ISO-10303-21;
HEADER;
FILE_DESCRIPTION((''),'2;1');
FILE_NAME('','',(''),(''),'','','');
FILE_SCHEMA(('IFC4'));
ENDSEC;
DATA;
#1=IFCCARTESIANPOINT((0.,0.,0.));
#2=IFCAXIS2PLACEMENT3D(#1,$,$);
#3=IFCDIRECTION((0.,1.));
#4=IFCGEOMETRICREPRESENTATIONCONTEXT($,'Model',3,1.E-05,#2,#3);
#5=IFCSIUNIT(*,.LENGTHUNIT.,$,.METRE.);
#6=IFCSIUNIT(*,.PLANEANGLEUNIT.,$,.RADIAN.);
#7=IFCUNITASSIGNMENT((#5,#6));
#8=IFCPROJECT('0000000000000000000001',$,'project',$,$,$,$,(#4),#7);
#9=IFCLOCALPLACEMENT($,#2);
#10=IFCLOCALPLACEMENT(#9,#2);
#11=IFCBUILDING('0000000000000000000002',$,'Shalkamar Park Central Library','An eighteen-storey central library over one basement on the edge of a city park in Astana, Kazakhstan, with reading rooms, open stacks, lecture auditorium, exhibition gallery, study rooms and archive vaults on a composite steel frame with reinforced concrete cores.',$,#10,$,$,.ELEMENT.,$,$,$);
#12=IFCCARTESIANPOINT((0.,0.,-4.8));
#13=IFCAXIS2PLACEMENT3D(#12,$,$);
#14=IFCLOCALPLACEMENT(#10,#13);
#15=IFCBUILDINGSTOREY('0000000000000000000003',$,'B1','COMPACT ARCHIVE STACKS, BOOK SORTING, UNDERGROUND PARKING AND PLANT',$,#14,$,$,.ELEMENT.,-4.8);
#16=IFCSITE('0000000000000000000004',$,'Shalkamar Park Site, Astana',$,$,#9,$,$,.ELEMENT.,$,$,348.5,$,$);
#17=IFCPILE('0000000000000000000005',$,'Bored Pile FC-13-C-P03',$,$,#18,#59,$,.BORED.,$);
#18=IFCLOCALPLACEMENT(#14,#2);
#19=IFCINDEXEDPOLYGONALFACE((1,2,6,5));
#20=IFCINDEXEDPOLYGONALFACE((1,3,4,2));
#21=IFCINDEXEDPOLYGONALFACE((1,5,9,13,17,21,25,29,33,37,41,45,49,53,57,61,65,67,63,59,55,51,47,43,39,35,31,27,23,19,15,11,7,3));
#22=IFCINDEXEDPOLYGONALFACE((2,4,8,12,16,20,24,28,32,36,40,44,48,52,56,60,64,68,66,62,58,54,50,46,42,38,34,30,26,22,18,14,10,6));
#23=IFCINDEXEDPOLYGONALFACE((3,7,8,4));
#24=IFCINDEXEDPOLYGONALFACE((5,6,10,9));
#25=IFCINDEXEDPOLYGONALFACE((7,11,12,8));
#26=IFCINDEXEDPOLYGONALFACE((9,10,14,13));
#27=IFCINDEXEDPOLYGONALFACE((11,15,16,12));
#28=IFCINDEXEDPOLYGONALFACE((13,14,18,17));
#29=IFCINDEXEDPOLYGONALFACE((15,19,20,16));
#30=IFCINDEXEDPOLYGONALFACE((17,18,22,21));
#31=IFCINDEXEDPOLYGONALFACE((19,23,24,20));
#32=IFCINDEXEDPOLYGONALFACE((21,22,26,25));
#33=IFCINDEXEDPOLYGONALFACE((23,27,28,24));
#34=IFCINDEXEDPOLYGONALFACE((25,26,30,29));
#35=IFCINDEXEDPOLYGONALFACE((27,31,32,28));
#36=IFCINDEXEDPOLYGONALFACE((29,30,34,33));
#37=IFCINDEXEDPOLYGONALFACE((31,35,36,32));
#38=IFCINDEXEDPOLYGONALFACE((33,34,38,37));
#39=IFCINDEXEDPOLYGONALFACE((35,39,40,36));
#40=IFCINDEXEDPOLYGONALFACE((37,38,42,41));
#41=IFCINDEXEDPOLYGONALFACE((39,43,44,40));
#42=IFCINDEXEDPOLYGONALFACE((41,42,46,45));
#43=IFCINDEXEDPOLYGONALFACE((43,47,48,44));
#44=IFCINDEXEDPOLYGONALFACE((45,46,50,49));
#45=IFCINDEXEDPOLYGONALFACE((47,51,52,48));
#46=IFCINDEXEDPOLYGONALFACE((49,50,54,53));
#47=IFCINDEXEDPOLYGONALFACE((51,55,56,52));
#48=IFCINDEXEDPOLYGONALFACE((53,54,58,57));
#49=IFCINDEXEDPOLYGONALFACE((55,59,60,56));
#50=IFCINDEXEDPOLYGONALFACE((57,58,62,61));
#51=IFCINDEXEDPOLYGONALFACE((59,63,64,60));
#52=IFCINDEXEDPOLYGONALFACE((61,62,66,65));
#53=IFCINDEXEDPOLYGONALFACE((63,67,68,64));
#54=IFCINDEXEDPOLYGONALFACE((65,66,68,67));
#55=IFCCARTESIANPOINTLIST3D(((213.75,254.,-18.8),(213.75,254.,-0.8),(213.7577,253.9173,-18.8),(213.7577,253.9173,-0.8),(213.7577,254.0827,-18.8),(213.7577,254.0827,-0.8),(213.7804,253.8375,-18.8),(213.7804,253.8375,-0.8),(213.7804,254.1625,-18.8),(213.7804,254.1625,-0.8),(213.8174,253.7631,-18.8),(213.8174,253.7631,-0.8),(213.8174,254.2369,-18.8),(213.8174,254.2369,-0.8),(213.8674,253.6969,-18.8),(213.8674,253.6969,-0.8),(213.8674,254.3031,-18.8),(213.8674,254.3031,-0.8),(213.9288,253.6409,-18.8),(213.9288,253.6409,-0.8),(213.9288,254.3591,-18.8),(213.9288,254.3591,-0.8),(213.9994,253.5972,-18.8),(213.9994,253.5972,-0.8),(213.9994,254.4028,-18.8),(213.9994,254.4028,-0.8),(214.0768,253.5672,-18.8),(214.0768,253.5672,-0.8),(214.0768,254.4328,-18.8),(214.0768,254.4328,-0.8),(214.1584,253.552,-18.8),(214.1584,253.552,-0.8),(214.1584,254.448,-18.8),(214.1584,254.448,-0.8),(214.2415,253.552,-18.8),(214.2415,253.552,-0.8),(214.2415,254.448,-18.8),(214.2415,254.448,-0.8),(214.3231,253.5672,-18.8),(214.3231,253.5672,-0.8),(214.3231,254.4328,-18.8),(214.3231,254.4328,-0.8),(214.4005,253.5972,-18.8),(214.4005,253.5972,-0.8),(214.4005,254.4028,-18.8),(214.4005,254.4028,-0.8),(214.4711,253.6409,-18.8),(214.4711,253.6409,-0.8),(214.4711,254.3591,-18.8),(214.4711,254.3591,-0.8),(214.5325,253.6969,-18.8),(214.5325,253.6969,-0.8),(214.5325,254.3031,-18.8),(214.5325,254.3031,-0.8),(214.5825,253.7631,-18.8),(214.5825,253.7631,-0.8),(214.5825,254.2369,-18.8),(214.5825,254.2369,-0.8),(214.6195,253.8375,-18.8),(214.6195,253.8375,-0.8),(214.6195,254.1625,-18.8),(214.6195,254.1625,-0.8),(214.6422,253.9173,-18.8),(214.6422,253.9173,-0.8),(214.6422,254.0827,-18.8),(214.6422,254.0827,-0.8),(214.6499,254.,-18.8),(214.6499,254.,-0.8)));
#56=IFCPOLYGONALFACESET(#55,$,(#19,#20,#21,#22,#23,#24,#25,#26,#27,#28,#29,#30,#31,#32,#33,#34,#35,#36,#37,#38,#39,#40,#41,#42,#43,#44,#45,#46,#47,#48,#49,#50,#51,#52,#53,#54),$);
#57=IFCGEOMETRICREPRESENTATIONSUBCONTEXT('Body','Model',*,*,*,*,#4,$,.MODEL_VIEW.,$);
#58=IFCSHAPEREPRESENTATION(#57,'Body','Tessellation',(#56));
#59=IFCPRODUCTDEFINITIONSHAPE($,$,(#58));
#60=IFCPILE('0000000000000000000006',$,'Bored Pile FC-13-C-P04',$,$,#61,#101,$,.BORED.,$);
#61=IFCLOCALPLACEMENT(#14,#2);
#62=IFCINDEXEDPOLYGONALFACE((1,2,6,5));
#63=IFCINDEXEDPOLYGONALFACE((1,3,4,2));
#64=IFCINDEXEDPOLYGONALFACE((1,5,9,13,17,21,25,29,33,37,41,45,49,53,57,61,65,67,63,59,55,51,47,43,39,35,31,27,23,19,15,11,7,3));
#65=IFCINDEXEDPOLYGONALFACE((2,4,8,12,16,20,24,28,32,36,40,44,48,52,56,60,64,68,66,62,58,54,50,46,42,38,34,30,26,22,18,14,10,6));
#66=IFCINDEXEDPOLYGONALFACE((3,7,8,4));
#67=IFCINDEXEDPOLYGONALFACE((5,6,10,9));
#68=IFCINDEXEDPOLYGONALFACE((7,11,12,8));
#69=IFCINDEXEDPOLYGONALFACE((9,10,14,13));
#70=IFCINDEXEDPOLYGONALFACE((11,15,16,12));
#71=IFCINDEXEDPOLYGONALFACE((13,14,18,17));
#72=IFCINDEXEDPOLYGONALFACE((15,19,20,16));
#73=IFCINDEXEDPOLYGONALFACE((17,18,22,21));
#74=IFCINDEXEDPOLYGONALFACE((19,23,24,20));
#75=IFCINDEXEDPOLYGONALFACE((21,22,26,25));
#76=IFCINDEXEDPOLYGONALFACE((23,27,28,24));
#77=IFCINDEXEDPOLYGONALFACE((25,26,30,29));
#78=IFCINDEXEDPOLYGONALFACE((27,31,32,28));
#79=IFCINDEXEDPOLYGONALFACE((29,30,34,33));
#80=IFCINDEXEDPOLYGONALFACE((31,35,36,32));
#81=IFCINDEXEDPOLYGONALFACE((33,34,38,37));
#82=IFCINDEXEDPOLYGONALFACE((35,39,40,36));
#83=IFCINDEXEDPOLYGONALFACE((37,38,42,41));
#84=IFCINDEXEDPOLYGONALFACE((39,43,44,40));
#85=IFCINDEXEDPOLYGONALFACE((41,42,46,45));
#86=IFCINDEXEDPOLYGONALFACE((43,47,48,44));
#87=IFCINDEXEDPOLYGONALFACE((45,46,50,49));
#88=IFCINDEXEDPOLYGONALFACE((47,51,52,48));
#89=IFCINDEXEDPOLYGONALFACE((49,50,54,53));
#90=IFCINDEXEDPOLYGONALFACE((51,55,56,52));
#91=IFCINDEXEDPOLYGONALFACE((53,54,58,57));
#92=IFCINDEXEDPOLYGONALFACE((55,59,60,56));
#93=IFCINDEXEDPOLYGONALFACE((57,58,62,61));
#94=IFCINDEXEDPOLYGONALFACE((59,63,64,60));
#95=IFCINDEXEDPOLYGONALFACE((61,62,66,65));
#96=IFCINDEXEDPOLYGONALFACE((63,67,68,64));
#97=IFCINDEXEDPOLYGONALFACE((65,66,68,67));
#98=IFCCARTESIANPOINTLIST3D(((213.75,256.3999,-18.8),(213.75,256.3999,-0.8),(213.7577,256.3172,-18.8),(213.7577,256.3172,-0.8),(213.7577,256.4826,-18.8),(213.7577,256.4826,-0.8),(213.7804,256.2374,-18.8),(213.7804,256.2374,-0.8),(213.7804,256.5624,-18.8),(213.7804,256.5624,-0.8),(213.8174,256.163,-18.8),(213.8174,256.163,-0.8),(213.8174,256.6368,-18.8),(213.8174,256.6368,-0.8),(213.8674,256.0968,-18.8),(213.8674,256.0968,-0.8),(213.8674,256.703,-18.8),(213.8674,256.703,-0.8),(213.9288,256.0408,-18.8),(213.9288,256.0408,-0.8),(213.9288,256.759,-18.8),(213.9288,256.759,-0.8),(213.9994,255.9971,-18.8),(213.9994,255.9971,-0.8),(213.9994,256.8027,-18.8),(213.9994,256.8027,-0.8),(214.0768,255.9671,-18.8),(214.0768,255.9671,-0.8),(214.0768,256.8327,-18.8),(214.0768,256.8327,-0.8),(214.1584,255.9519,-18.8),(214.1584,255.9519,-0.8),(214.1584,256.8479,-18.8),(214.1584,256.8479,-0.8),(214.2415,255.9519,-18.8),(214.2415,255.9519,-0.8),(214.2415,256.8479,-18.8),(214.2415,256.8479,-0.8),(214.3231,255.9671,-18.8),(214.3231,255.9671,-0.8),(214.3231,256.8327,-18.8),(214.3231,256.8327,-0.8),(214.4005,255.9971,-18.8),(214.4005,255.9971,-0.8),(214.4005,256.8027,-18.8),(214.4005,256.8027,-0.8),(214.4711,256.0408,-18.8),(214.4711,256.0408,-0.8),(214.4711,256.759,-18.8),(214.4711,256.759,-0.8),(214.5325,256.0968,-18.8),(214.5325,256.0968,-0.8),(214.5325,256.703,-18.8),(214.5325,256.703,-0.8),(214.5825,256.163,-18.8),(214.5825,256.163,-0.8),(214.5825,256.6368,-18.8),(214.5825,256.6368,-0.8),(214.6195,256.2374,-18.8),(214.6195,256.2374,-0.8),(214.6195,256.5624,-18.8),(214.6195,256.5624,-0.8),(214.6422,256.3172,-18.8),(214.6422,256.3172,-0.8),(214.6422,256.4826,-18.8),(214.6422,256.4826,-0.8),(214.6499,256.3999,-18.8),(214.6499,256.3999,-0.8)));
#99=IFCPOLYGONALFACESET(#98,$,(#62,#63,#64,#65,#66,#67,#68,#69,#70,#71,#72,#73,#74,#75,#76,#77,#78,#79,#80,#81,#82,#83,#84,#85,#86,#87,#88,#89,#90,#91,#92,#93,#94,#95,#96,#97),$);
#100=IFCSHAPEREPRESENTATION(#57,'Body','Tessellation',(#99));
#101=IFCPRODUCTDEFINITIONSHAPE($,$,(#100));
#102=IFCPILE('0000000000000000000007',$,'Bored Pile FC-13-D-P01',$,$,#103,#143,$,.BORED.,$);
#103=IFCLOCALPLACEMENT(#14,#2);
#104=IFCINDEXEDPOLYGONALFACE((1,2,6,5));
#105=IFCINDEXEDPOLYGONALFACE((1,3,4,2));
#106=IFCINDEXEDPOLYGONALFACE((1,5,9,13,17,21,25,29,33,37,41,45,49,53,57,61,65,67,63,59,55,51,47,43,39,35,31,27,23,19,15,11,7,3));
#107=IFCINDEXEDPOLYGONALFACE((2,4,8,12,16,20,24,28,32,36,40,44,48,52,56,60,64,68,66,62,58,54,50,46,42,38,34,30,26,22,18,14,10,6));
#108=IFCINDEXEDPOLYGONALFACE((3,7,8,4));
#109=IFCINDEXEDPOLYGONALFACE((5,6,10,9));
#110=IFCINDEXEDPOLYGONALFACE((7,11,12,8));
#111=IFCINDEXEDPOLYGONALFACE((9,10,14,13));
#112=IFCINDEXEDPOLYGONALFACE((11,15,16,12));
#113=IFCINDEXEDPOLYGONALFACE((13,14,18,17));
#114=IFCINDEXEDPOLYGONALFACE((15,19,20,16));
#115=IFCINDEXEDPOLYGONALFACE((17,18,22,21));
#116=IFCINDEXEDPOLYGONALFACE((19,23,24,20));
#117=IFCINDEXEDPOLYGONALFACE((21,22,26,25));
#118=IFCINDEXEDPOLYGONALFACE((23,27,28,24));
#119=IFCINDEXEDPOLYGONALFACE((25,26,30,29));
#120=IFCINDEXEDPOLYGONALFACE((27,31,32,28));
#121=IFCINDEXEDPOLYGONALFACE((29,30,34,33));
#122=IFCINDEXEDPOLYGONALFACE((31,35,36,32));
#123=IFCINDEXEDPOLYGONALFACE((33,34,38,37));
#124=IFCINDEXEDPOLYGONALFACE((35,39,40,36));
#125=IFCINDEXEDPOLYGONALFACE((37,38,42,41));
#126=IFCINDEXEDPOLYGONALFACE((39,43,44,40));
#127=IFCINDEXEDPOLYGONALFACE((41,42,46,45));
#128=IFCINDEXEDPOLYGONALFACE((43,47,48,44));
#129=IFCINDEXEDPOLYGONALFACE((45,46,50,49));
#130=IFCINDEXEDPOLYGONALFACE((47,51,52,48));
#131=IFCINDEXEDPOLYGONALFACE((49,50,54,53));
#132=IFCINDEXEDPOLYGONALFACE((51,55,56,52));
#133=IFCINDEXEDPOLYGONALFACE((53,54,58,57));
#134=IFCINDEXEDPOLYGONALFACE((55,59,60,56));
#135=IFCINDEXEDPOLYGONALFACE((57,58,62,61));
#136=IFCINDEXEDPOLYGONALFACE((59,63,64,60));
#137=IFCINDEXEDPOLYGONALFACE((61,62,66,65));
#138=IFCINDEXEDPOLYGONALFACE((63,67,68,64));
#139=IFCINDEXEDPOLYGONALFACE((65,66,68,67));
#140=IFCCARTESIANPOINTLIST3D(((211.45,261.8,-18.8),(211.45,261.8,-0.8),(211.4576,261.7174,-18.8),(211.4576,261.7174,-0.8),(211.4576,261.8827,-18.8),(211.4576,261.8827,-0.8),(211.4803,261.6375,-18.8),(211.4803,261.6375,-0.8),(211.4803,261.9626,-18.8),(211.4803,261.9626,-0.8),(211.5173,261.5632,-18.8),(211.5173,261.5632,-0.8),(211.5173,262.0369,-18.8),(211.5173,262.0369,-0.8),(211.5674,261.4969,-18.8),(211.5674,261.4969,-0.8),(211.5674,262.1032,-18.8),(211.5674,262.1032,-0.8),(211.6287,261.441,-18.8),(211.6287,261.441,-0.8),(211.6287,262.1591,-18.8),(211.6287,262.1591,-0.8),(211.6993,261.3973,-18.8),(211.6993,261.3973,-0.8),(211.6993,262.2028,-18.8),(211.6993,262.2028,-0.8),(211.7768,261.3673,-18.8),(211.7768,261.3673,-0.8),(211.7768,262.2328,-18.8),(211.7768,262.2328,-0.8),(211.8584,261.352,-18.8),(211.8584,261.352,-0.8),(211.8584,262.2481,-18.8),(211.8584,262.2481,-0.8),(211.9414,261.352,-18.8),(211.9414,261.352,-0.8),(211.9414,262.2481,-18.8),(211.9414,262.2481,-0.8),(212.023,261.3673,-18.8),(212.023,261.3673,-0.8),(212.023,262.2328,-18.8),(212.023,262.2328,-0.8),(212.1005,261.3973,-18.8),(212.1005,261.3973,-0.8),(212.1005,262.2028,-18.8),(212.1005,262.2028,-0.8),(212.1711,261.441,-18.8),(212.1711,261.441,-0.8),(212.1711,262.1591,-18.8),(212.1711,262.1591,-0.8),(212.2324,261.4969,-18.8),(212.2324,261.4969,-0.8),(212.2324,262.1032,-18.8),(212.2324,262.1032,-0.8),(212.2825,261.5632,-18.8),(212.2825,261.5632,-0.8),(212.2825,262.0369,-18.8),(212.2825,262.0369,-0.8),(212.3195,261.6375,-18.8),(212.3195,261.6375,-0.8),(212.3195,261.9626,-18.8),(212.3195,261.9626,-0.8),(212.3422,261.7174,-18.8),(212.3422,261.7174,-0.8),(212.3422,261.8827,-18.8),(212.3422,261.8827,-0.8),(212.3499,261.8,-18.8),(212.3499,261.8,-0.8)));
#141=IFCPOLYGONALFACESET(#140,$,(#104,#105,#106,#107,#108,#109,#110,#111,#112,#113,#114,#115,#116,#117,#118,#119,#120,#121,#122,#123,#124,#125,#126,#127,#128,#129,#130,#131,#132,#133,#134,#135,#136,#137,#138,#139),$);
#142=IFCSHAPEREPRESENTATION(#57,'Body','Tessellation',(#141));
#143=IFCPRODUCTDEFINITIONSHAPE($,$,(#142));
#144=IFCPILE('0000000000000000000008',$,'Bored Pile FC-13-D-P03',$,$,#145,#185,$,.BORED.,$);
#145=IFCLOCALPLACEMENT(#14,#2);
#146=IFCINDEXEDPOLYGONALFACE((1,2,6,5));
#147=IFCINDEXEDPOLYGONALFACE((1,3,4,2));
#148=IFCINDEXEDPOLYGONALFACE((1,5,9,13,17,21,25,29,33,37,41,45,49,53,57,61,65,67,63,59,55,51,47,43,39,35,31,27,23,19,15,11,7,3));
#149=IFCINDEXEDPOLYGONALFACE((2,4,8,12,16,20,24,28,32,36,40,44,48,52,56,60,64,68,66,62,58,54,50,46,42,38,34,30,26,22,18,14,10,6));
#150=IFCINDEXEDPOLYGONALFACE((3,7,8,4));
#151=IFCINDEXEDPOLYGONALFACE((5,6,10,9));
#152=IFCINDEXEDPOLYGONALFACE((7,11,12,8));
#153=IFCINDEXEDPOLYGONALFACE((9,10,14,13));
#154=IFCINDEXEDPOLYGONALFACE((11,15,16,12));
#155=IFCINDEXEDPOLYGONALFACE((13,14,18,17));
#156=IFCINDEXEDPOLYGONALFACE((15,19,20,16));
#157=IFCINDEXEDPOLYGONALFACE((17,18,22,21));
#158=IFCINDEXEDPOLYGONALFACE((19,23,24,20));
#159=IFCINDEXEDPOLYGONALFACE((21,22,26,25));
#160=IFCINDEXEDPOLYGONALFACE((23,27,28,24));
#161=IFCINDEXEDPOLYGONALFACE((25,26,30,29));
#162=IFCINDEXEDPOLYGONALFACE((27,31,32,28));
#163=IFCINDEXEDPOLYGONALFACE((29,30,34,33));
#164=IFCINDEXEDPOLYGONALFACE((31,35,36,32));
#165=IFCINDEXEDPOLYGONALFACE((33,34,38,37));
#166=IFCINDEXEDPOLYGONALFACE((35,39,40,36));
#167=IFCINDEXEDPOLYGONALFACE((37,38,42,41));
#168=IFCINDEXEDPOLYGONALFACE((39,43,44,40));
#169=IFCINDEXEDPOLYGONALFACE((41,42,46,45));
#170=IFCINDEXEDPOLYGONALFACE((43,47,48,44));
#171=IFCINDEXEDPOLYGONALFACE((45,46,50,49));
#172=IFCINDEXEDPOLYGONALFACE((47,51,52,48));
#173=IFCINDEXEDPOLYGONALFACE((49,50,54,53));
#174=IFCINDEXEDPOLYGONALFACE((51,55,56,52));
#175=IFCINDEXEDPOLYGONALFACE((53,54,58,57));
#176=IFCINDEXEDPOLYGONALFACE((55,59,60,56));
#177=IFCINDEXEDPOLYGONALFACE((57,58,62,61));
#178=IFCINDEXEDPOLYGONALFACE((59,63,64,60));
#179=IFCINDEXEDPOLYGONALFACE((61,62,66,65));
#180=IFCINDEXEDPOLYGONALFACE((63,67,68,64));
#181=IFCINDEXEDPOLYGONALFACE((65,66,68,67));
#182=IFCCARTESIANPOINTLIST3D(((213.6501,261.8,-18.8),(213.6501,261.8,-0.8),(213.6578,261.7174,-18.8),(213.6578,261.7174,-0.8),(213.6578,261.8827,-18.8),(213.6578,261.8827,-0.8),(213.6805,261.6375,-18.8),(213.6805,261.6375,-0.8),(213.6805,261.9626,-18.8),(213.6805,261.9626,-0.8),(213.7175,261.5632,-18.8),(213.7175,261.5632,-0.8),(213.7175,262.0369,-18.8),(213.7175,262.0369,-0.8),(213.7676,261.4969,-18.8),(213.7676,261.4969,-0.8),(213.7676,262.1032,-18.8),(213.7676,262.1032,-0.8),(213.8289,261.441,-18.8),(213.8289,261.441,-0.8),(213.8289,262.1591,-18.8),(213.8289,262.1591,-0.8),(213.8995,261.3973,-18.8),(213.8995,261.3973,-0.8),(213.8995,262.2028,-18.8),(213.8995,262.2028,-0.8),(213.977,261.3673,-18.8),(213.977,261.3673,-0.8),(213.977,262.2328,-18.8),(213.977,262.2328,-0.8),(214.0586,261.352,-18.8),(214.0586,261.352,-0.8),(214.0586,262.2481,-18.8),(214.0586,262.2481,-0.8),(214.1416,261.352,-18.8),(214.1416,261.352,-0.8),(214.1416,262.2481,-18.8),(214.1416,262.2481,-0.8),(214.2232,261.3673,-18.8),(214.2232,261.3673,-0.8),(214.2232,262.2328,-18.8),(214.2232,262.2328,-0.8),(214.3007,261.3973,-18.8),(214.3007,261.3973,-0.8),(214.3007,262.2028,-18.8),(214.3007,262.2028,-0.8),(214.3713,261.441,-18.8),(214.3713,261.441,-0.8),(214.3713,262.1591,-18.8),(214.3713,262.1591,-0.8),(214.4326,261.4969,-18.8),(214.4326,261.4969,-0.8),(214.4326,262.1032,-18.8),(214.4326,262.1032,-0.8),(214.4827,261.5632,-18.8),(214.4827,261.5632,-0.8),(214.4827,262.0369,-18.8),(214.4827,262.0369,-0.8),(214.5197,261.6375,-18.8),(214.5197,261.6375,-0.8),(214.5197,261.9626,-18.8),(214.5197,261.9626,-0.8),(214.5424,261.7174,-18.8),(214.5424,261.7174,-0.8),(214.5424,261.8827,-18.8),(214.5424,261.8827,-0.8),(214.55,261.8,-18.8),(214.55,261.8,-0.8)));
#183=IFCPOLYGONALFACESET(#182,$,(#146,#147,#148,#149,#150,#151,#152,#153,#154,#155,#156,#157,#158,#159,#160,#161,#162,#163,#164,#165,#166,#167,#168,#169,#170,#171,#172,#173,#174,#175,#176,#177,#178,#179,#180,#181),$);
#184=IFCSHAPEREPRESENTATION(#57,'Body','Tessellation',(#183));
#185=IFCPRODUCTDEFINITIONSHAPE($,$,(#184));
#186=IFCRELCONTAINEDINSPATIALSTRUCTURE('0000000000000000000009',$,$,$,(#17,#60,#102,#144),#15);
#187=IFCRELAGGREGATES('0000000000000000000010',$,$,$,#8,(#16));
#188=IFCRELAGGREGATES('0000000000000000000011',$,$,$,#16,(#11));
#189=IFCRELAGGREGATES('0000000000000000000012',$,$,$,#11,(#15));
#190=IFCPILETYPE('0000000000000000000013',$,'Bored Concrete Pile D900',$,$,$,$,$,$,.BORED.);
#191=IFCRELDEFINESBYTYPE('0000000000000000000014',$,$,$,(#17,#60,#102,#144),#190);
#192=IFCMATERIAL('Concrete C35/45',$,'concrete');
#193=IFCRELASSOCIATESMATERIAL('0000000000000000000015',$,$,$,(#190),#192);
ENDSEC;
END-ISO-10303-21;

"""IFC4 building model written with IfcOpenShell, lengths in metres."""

from ifc_helpers import new_model, si_unit, direction, frame, origin, origin_2d, place, context, subcontext, project, spatial, circle, extrude, material, material_profile, profile_set, type_object, element, save


model = new_model("IFC4")

# Units and contexts
model_context = context("Model", 3, precision=1e-05, world=origin(), true_north=direction((0.0, 1.0)))
body_context = subcontext(model_context, "Body", "Model", "MODEL_VIEW")
ifc_project = project(units=[si_unit("LENGTHUNIT", "METRE"), si_unit("PLANEANGLEUNIT", "RADIAN")], contexts=[model_context])

# Site, building, storey
site_placement = place(None, origin())
site = spatial("IfcSite", under=ifc_project, at=site_placement, Name="Shalkamar Park Site, Astana", CompositionType="ELEMENT", RefElevation=348.5)
building_placement = place(site_placement, origin())
building = spatial("IfcBuilding", under=site, at=building_placement, Name="Shalkamar Park Central Library", Description="An eighteen-storey central library over one basement on the edge of a city park in Astana, Kazakhstan, with reading rooms, open stacks, lecture auditorium, exhibition gallery, study rooms and archive vaults on a composite steel frame with reinforced concrete cores.", CompositionType="ELEMENT")
storey_placement = place(building_placement, frame((0.0, 0.0, -4.8)))
storey = spatial("IfcBuildingStorey", under=building, at=storey_placement, Name="B1", Description="COMPACT ARCHIVE STACKS, BOOK SORTING, UNDERGROUND PARKING AND PLANT", CompositionType="ELEMENT", Elevation=-4.8)

# Piles
ifc_material_1 = material(Name="Concrete C35/45", Category="concrete")
ifc_material_profile_1 = material_profile(ifc_material_1, circle(Radius=0.45, at=origin_2d()), Name="PILE D900")
ifc_profile_set_1 = profile_set([ifc_material_profile_1], Name="Concrete C35/45")
pile_type_1 = type_object("IfcPileType", Name="Bored Concrete Pile D900", PredefinedType="BORED", material=ifc_profile_set_1)
for number, where, z_axis, x_axis, name in (
    (1, (214.2, 254.0, -0.8), (0.0, 0.0, -1.0), (1.0, 0.0, 0.0), "Bored Pile FC-13-C-P03"),
    (2, (214.2, 256.3999, -0.8), (0.0, 0.0, -1.0), (1.0, 0.0, 0.0), "Bored Pile FC-13-C-P04"),
    (3, (211.8999, 261.8, -0.8), (0.0, 0.0, -1.0), (1.0, 0.0, 0.0), "Bored Pile FC-13-D-P01"),
    (4, (214.1001, 261.8, -0.8), (0.0, 0.0, -1.0), (1.0, 0.0, 0.0), "Bored Pile FC-13-D-P03"),
):
    element("IfcPile", number, at=place(storey_placement, frame(where, z_axis=z_axis, x_axis=x_axis)), inside=storey, type_object=pile_type_1, Name=name, PredefinedType="BORED", context=body_context, shape_type="SweptSolid", body=[
        extrude(circle(Radius=0.45, at=origin_2d()), origin(), (0.0, 0.0, 1.0), 18.0),
    ])

save(model, "model.ifc")
